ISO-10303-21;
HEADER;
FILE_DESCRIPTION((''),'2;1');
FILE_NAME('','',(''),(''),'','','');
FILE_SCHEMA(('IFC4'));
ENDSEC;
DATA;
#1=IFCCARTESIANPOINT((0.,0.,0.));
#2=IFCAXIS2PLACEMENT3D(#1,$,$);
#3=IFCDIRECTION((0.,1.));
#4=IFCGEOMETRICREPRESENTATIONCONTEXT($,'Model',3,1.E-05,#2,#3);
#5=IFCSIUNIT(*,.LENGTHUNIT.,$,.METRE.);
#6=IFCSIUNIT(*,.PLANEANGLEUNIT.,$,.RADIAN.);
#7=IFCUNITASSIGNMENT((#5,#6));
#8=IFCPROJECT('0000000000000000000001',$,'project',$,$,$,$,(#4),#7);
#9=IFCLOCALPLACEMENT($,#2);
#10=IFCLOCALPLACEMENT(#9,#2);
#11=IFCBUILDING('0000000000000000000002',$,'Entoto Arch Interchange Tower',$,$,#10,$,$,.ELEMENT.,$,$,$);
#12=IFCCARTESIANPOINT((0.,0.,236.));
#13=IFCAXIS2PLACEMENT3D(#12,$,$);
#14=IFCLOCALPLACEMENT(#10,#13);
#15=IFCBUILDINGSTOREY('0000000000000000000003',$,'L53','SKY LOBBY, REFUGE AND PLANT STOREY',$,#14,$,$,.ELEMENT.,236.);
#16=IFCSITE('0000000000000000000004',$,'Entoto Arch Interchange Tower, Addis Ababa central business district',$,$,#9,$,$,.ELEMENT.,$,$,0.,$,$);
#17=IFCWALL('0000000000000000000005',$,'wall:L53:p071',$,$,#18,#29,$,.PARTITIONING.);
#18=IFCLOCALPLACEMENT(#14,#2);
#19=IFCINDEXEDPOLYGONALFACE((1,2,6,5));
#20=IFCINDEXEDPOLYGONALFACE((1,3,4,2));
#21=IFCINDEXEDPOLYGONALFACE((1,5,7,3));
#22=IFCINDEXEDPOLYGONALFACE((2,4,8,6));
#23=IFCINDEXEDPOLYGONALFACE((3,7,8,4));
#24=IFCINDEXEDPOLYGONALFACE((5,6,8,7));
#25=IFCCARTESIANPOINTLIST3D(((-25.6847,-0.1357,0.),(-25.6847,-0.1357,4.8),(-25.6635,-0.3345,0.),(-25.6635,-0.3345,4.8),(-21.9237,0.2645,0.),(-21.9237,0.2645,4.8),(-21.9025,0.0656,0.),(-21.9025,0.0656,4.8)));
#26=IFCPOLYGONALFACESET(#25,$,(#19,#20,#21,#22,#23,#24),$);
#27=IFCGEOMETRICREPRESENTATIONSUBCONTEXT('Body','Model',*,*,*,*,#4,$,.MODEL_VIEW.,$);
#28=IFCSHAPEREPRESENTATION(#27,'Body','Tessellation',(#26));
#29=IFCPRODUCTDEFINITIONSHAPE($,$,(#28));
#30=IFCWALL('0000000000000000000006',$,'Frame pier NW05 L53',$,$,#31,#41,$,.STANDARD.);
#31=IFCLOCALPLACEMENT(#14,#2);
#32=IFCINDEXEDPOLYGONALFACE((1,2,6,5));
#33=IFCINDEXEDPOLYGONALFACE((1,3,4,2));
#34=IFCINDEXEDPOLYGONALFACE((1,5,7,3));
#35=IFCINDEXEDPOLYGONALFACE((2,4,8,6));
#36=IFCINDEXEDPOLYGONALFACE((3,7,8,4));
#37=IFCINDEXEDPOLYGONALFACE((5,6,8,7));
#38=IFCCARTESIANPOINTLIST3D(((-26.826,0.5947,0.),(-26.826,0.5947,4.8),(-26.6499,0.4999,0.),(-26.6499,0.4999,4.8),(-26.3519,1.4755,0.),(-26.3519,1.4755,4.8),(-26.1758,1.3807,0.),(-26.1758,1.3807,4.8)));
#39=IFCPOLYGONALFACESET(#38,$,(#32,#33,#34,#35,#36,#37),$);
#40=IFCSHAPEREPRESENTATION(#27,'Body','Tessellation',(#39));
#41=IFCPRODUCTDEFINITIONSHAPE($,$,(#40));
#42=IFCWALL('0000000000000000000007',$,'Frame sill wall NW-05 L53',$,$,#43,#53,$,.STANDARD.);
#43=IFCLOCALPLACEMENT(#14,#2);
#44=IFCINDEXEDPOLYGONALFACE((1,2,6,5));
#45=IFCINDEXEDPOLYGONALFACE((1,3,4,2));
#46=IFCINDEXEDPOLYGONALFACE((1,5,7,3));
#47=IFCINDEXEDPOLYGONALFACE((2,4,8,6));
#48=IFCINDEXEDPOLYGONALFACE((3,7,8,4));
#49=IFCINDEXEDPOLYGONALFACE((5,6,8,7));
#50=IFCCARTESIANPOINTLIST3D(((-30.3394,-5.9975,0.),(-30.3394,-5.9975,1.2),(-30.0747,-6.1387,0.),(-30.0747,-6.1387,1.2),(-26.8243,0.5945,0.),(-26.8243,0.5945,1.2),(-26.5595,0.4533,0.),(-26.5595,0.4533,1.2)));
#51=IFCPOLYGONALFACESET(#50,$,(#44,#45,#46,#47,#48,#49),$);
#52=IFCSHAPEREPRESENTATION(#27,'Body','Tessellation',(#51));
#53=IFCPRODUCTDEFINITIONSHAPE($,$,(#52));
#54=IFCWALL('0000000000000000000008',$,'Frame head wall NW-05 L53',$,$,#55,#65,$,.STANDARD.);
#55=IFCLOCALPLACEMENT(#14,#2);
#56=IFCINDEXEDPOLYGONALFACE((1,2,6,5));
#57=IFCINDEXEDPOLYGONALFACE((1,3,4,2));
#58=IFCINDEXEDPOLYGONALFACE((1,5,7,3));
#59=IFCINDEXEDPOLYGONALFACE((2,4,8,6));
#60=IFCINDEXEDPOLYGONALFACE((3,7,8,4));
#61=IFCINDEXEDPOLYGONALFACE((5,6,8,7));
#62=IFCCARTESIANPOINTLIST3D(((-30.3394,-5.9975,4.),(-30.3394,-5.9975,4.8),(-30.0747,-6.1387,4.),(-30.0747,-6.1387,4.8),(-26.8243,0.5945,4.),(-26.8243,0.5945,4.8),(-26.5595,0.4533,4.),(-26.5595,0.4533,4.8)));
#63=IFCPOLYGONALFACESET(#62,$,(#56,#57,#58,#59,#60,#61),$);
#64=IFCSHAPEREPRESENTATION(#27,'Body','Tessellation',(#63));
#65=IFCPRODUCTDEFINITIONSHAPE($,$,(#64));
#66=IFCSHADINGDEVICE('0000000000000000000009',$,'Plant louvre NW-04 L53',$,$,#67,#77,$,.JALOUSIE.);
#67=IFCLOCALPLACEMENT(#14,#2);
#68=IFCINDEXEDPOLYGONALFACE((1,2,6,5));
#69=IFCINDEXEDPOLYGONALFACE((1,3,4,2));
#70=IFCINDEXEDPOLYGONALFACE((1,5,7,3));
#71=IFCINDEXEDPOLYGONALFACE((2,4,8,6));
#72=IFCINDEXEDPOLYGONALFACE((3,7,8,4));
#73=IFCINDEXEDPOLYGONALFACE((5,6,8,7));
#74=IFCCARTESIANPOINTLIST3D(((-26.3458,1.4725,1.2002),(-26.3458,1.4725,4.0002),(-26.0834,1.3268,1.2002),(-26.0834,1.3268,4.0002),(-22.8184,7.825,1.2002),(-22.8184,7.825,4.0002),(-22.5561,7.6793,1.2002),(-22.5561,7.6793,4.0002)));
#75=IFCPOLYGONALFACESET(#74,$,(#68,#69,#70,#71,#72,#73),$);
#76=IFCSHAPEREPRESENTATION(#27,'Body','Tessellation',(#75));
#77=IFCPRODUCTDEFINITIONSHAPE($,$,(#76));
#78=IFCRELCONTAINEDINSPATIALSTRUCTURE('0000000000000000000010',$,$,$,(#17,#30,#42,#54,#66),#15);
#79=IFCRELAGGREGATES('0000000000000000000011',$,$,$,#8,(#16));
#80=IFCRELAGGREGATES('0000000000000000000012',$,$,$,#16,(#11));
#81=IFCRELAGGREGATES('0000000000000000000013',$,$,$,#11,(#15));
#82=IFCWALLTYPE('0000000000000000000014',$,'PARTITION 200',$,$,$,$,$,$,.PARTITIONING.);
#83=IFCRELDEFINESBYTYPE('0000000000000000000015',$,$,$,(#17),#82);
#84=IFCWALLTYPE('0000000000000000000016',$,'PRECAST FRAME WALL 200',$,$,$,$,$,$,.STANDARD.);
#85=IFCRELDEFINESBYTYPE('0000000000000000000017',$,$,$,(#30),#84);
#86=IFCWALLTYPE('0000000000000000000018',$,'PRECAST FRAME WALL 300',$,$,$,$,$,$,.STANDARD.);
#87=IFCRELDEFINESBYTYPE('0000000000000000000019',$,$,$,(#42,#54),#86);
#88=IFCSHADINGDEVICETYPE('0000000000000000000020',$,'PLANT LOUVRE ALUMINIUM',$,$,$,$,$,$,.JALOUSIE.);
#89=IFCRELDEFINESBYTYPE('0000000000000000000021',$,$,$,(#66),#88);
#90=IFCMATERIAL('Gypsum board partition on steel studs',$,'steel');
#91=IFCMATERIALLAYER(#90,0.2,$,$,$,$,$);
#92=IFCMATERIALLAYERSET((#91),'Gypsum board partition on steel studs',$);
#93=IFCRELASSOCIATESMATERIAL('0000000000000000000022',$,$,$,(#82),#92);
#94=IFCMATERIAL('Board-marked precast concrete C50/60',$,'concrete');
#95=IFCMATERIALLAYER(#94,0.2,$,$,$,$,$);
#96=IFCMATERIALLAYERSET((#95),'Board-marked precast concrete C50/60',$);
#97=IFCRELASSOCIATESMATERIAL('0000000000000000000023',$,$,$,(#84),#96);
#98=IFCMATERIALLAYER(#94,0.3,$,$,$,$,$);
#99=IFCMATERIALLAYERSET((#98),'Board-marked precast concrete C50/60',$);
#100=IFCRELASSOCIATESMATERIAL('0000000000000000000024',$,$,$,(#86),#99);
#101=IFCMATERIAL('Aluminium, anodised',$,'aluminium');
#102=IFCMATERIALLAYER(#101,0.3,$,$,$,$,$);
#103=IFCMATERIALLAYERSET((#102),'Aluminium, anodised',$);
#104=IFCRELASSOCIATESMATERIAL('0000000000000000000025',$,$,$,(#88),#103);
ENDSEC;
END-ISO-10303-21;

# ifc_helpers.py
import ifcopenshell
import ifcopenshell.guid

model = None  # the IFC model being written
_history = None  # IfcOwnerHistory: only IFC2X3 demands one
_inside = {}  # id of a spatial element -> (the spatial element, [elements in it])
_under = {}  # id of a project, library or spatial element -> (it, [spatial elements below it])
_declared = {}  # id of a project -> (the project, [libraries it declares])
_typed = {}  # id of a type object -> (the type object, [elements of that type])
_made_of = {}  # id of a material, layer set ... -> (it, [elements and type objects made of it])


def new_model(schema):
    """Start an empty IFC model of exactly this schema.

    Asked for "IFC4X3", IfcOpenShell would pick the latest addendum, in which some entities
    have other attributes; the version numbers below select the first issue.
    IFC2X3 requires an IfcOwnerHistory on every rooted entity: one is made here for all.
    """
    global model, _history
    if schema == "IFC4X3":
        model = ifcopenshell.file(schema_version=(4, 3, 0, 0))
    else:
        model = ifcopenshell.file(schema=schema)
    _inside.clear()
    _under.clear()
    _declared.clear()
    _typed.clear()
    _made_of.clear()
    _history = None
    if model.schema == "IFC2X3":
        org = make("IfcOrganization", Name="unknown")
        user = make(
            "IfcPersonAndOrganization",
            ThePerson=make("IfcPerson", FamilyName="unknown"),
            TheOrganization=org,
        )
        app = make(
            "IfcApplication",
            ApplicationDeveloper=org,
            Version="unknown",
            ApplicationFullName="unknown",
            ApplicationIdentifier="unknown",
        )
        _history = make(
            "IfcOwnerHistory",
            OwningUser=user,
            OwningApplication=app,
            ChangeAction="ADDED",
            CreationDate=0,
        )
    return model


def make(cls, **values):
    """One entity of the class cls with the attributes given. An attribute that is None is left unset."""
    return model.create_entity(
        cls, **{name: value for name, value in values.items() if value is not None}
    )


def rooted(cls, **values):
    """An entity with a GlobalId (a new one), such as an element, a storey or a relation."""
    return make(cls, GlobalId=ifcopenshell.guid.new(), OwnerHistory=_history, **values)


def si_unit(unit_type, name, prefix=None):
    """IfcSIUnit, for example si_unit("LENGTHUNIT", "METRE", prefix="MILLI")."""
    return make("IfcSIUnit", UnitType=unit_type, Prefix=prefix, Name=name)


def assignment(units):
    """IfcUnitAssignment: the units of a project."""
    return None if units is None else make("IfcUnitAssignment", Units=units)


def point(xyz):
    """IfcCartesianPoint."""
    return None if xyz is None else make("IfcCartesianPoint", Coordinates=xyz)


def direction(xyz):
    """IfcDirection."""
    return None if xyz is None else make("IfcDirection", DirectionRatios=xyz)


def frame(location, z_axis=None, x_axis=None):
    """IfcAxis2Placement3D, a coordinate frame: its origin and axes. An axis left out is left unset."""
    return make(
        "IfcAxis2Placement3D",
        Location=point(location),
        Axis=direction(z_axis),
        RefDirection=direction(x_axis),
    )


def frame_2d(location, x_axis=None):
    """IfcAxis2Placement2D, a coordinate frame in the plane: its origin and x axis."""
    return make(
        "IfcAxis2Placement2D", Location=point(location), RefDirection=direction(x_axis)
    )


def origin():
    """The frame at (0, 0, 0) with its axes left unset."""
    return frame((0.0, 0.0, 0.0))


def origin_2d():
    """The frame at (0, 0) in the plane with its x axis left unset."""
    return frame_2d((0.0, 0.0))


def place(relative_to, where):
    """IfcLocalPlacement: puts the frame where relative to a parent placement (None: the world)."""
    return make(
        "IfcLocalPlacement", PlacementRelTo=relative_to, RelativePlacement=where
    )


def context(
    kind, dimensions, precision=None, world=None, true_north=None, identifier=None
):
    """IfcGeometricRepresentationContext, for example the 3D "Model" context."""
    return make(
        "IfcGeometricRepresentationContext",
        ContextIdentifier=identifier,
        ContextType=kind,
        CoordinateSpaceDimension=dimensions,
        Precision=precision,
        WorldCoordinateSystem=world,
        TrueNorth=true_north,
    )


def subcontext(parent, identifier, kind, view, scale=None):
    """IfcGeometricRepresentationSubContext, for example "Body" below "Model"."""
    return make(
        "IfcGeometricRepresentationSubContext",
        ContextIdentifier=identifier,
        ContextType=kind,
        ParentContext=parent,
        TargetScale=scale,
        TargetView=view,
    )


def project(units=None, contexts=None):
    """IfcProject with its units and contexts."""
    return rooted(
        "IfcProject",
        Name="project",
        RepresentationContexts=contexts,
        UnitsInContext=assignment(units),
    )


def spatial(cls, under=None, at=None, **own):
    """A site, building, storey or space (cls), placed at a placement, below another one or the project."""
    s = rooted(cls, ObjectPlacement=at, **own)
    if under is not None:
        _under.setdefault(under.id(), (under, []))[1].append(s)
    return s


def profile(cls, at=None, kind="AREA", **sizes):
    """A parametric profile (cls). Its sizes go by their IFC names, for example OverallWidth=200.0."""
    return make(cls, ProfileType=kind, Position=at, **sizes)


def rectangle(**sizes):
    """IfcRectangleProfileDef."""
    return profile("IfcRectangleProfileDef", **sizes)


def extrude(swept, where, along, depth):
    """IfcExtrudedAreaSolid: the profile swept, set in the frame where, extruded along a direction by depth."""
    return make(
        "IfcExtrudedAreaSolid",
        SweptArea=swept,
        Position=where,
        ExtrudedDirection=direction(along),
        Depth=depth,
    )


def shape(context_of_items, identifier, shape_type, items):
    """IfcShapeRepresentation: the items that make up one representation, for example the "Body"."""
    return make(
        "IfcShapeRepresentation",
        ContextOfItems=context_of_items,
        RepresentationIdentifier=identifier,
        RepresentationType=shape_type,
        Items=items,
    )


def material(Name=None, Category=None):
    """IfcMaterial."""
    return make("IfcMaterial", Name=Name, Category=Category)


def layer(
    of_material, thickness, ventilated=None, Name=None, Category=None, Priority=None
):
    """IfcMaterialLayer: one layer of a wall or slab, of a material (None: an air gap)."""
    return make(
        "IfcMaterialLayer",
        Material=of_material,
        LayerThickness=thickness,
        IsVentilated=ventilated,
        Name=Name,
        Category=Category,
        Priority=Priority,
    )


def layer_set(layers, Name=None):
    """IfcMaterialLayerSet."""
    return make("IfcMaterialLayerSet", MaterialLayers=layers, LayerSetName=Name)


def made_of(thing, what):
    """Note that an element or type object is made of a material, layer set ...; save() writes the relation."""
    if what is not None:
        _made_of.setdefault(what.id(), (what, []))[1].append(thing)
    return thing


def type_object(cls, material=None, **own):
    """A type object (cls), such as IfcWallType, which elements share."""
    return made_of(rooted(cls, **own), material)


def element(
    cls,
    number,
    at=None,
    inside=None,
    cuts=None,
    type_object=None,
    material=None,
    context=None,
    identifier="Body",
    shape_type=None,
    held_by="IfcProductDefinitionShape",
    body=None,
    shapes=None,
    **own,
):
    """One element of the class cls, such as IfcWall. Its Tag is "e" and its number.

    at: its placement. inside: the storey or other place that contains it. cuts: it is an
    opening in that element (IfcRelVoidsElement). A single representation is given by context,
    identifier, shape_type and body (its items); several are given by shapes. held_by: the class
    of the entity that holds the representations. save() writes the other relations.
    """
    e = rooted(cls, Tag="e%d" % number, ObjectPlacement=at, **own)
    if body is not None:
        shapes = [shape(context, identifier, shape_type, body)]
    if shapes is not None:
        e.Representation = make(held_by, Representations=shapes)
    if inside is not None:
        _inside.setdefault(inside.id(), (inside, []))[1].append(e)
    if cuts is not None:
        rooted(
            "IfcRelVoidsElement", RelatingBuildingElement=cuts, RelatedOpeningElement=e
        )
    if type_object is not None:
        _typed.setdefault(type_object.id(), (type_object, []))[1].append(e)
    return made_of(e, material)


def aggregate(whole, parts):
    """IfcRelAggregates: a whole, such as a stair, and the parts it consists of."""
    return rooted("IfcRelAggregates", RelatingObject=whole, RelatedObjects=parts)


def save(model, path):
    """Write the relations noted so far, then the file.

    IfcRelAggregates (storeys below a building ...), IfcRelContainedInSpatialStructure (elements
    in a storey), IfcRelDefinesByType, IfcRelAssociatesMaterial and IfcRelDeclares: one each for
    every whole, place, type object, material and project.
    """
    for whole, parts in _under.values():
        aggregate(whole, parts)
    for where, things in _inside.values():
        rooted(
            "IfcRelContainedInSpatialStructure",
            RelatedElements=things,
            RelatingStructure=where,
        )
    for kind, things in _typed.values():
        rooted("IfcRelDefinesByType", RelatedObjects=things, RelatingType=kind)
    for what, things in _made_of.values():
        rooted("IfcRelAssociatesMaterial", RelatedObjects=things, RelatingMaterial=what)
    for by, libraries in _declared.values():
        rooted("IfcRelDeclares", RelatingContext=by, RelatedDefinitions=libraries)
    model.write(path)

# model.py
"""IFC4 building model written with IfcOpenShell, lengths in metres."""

from ifc_helpers import new_model, si_unit, direction, frame, frame_2d, origin, origin_2d, place, context, subcontext, project, spatial, rectangle, extrude, material, layer, layer_set, type_object, element, save


model = new_model("IFC4")

# Units and contexts
model_context = context("Model", 3, precision=1e-05, world=origin(), true_north=direction((0.0, 1.0)))
body_context = subcontext(model_context, "Body", "Model", "MODEL_VIEW")
ifc_project = project(units=[si_unit("LENGTHUNIT", "METRE"), si_unit("PLANEANGLEUNIT", "RADIAN")], contexts=[model_context])

# Site, building, storey
site_placement = place(None, origin())
site = spatial("IfcSite", under=ifc_project, at=site_placement, Name="Entoto Arch Interchange Tower, Addis Ababa central business district", CompositionType="ELEMENT", RefElevation=0.0)
building_placement = place(site_placement, origin())
building = spatial("IfcBuilding", under=site, at=building_placement, Name="Entoto Arch Interchange Tower", CompositionType="ELEMENT")
storey_placement = place(building_placement, frame((0.0, 0.0, 236.0)))
storey = spatial("IfcBuildingStorey", under=building, at=storey_placement, Name="L53", Description="SKY LOBBY, REFUGE AND PLANT STOREY", CompositionType="ELEMENT", Elevation=236.0)

# Shared definitions
ifc_material_1 = material(Name="Gypsum board partition on steel studs", Category="steel")
ifc_layer_1 = layer(ifc_material_1, 0.2)
ifc_layer_set_1 = layer_set([ifc_layer_1], Name="Gypsum board partition on steel studs")
wall_type_1 = type_object("IfcWallType", Name="PARTITION 200", PredefinedType="PARTITIONING", material=ifc_layer_set_1)

# Walls
wall_1_placement = place(storey_placement, frame((-21.9131, 0.165, 0.0), z_axis=(0.0, 0.0, 1.0), x_axis=(-0.994388, -0.105797, 0.0)))
element("IfcWall", 1, at=wall_1_placement, inside=storey, type_object=wall_type_1, Name="wall:L53:p071", PredefinedType="PARTITIONING", context=body_context, shape_type="SweptSolid", body=[
    extrude(rectangle(XDim=3.7822, YDim=0.2, at=frame_2d((1.8911, 0.0))), origin(), (0.0, 0.0, 1.0), 4.8),
])
ifc_material_2 = material(Name="Board-marked precast concrete C50/60", Category="concrete")
ifc_layer_2 = layer(ifc_material_2, 0.2)
ifc_layer_set_2 = layer_set([ifc_layer_2], Name="Board-marked precast concrete C50/60")
wall_type_2 = type_object("IfcWallType", Name="PRECAST FRAME WALL 200", PredefinedType="STANDARD", material=ifc_layer_set_2)
wall_2_placement = place(storey_placement, frame((-26.2639, 1.428, 0.0), z_axis=(0.0, 0.0, 1.0), x_axis=(-0.473954, -0.880549, 0.0)))
element("IfcWall", 2, at=wall_2_placement, inside=storey, type_object=wall_type_2, Name="Frame pier NW05 L53", PredefinedType="STANDARD", context=body_context, shape_type="SweptSolid", body=[
    extrude(rectangle(XDim=1.0002, YDim=0.2, at=frame_2d((0.5, 0.0))), origin(), (0.0, 0.0, 1.0), 4.8),
])
ifc_layer_3 = layer(ifc_material_2, 0.3)
ifc_layer_set_3 = layer_set([ifc_layer_3], Name="Board-marked precast concrete C50/60")
wall_type_3 = type_object("IfcWallType", Name="PRECAST FRAME WALL 300", PredefinedType="STANDARD", material=ifc_layer_set_3)
wall_3_placement = place(storey_placement, frame((-26.6919, 0.5239, 0.0), z_axis=(0.0, 0.0, 1.0), x_axis=(-0.470524, -0.882387, 0.0)))
element("IfcWall", 3, at=wall_3_placement, inside=storey, type_object=wall_type_3, Name="Frame sill wall NW-05 L53", PredefinedType="STANDARD", context=body_context, shape_type="SweptSolid", body=[
    extrude(rectangle(XDim=7.4707, YDim=0.3, at=frame_2d((3.7354, 0.0))), origin(), (0.0, 0.0, 1.0), 1.2),
])
wall_4_placement = place(storey_placement, frame((-26.6919, 0.5239, 4.0), z_axis=(0.0, 0.0, 1.0), x_axis=(-0.470524, -0.882387, 0.0)))
element("IfcWall", 4, at=wall_4_placement, inside=storey, type_object=wall_type_3, Name="Frame head wall NW-05 L53", PredefinedType="STANDARD", context=body_context, shape_type="SweptSolid", body=[
    extrude(rectangle(XDim=7.4707, YDim=0.3, at=frame_2d((3.7354, 0.0))), origin(), (0.0, 0.0, 1.0), 0.8),
])

# Shading device
ifc_material_3 = material(Name="Aluminium, anodised", Category="aluminium")
ifc_layer_4 = layer(ifc_material_3, 0.3)
ifc_layer_set_4 = layer_set([ifc_layer_4], Name="Aluminium, anodised")
shading_device_type = type_object("IfcShadingDeviceType", Name="PLANT LOUVRE ALUMINIUM", PredefinedType="JALOUSIE", material=ifc_layer_set_4)
shading_device_placement = place(storey_placement, frame((-24.4509, 4.5759, 1.2002), z_axis=(0.0, 0.0, 1.0), x_axis=(-0.485451, -0.874264, 0.0)))
element("IfcShadingDevice", 5, at=shading_device_placement, inside=storey, type_object=shading_device_type, Name="Plant louvre NW-04 L53", PredefinedType="JALOUSIE", context=body_context, shape_type="SweptSolid", body=[
    extrude(rectangle(XDim=7.2661, YDim=0.3, at=origin_2d()), origin(), (0.0, 0.0, 1.0), 2.8),
])

save(model, "model.ifc")
